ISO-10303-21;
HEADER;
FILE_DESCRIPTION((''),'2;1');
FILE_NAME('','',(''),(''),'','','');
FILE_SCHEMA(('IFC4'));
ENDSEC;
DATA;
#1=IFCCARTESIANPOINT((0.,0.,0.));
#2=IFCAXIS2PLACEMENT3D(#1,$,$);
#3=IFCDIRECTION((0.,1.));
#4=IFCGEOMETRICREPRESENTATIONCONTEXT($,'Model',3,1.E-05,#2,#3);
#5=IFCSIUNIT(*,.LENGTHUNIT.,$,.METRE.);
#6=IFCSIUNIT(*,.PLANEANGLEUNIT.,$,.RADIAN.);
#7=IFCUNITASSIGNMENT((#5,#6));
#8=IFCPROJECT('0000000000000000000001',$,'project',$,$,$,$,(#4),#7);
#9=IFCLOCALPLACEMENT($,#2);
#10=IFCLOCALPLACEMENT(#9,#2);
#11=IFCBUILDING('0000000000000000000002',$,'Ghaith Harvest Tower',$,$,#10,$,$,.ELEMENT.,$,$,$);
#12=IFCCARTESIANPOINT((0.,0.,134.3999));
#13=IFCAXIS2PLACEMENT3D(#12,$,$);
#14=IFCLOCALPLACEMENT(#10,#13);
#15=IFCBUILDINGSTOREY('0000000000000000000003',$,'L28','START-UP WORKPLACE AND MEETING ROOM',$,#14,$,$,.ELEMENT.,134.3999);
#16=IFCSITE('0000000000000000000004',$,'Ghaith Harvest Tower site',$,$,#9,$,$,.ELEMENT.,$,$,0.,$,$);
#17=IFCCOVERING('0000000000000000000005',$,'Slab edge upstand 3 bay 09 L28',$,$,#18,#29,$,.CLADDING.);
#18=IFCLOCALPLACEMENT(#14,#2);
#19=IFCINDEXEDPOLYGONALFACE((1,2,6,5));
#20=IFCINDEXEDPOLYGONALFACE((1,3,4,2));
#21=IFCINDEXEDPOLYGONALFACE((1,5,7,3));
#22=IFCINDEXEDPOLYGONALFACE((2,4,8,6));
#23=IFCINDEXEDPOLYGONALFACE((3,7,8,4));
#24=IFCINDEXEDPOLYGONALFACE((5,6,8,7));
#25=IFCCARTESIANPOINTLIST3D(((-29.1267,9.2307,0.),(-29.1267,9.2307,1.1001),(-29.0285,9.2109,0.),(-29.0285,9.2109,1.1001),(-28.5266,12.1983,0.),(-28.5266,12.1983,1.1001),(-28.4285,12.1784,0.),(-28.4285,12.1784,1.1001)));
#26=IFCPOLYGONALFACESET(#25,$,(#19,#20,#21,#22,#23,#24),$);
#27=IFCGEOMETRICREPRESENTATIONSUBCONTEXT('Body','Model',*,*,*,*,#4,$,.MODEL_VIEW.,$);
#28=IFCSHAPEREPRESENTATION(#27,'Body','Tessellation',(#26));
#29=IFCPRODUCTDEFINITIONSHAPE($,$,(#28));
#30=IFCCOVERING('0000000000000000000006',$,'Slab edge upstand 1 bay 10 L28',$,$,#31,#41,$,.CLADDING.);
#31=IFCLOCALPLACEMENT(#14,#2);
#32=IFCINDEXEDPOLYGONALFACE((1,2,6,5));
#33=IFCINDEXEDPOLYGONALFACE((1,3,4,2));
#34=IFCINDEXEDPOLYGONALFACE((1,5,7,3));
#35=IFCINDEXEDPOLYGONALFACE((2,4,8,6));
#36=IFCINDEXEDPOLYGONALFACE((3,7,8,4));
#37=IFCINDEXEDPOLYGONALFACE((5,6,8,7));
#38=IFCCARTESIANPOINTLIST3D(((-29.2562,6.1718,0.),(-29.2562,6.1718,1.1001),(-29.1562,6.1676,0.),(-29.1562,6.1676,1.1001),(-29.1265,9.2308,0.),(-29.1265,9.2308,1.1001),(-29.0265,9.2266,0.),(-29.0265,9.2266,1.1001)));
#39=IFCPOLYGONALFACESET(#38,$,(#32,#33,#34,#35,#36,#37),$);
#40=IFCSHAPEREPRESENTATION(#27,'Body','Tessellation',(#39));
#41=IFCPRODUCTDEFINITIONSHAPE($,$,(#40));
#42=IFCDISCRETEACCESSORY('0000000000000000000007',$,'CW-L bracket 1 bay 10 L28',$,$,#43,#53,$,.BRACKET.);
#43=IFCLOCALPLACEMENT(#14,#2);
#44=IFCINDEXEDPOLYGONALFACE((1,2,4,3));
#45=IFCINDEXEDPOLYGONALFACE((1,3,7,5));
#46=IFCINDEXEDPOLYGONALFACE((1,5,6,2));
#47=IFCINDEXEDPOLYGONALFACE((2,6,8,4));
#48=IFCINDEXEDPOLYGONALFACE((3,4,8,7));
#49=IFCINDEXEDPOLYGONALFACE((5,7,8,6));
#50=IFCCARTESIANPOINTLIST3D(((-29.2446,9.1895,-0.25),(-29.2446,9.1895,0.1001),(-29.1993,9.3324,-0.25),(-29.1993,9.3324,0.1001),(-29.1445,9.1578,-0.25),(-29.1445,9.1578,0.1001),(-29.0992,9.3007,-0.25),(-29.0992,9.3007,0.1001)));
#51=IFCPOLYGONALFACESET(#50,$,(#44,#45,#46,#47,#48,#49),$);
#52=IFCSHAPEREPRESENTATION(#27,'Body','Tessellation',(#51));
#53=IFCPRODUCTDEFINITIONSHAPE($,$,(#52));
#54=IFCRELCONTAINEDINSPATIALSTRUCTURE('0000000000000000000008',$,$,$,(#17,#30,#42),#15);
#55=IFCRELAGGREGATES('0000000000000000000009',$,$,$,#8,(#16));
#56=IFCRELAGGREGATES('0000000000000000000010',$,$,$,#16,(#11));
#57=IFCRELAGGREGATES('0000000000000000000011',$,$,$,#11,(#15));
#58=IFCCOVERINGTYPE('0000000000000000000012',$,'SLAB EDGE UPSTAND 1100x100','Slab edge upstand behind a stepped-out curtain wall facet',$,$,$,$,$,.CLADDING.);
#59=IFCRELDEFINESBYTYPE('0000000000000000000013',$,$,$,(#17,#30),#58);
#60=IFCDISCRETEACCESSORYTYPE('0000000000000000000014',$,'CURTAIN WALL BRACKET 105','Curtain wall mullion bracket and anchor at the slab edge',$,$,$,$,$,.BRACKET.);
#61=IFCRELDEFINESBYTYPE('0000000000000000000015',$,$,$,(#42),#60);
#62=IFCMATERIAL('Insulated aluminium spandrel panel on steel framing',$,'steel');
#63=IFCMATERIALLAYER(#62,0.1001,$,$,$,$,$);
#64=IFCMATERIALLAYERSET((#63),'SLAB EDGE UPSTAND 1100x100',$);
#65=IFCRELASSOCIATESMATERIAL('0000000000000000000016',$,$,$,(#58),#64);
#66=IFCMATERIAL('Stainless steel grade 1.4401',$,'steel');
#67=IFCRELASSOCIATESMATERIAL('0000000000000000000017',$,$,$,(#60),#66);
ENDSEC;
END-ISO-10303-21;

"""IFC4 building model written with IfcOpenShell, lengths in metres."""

from ifc_helpers import new_model, si_unit, direction, frame, origin, origin_2d, place, context, subcontext, project, spatial, rectangle, extrude, material, layer, layer_set, type_object, element, save


model = new_model("IFC4")

# Units and contexts
model_context = context("Model", 3, precision=1e-05, world=origin(), true_north=direction((0.0, 1.0)))
body_context = subcontext(model_context, "Body", "Model", "MODEL_VIEW")
ifc_project = project(units=[si_unit("LENGTHUNIT", "METRE"), si_unit("PLANEANGLEUNIT", "RADIAN")], contexts=[model_context])

# Site, building, storey
site_placement = place(None, origin())
site = spatial("IfcSite", under=ifc_project, at=site_placement, Name="Ghaith Harvest Tower site", CompositionType="ELEMENT", RefElevation=0.0)
building_placement = place(site_placement, origin())
building = spatial("IfcBuilding", under=site, at=building_placement, Name="Ghaith Harvest Tower", CompositionType="ELEMENT")
storey_placement = place(building_placement, frame((0.0, 0.0, 134.3999)))
storey = spatial("IfcBuildingStorey", under=building, at=storey_placement, Name="L28", Description="START-UP WORKPLACE AND MEETING ROOM", CompositionType="ELEMENT", Elevation=134.3999)

# Coverings
ifc_material_1 = material(Name="Insulated aluminium spandrel panel on steel framing", Category="steel")
ifc_layer_1 = layer(ifc_material_1, 0.1001)
ifc_layer_set_1 = layer_set([ifc_layer_1], Name="SLAB EDGE UPSTAND 1100x100")
covering_type = type_object("IfcCoveringType", Name="SLAB EDGE UPSTAND 1100x100", Description="Slab edge upstand behind a stepped-out curtain wall facet", PredefinedType="CLADDING", material=ifc_layer_set_1)
covering_1_placement = place(storey_placement, frame((-28.7776, 10.7046, 0.0), z_axis=(0.0, 0.0, 1.0), x_axis=(-0.198183, -0.980165, 0.0)))
element("IfcCovering", 1, at=covering_1_placement, inside=storey, type_object=covering_type, Name="Slab edge upstand 3 bay 09 L28", PredefinedType="CLADDING", context=body_context, shape_type="SweptSolid", body=[
    extrude(rectangle(XDim=3.0276, YDim=0.1001, at=origin_2d()), origin(), (0.0, 0.0, 1.0), 1.1001),
])
covering_2_placement = place(storey_placement, frame((-29.1414, 7.6992, 0.0), z_axis=(0.0, 0.0, 1.0), x_axis=(-0.042373, -0.999102, 0.0)))
element("IfcCovering", 2, at=covering_2_placement, inside=storey, type_object=covering_type, Name="Slab edge upstand 1 bay 10 L28", PredefinedType="CLADDING", context=body_context, shape_type="SweptSolid", body=[
    extrude(rectangle(XDim=3.0618, YDim=0.1001, at=origin_2d()), origin(), (0.0, 0.0, 1.0), 1.1001),
])

# Discrete accessory
ifc_material_2 = material(Name="Stainless steel grade 1.4401", Category="steel")
discrete_accessory_type = type_object("IfcDiscreteAccessoryType", Name="CURTAIN WALL BRACKET 105", Description="Curtain wall mullion bracket and anchor at the slab edge", PredefinedType="BRACKET", material=ifc_material_2)
discrete_accessory_placement = place(storey_placement, frame((-29.1719, 9.2451, -0.25), z_axis=(0.0, 0.0, 1.0), x_axis=(-0.953273, 0.30211, 0.0)))
element("IfcDiscreteAccessory", 3, at=discrete_accessory_placement, inside=storey, type_object=discrete_accessory_type, Name="CW-L bracket 1 bay 10 L28", PredefinedType="BRACKET", context=body_context, shape_type="SweptSolid", body=[
    extrude(rectangle(XDim=0.105, YDim=0.1499, at=origin_2d()), origin(), (0.0, 0.0, 1.0), 0.3501),
])

save(model, "model.ifc")
